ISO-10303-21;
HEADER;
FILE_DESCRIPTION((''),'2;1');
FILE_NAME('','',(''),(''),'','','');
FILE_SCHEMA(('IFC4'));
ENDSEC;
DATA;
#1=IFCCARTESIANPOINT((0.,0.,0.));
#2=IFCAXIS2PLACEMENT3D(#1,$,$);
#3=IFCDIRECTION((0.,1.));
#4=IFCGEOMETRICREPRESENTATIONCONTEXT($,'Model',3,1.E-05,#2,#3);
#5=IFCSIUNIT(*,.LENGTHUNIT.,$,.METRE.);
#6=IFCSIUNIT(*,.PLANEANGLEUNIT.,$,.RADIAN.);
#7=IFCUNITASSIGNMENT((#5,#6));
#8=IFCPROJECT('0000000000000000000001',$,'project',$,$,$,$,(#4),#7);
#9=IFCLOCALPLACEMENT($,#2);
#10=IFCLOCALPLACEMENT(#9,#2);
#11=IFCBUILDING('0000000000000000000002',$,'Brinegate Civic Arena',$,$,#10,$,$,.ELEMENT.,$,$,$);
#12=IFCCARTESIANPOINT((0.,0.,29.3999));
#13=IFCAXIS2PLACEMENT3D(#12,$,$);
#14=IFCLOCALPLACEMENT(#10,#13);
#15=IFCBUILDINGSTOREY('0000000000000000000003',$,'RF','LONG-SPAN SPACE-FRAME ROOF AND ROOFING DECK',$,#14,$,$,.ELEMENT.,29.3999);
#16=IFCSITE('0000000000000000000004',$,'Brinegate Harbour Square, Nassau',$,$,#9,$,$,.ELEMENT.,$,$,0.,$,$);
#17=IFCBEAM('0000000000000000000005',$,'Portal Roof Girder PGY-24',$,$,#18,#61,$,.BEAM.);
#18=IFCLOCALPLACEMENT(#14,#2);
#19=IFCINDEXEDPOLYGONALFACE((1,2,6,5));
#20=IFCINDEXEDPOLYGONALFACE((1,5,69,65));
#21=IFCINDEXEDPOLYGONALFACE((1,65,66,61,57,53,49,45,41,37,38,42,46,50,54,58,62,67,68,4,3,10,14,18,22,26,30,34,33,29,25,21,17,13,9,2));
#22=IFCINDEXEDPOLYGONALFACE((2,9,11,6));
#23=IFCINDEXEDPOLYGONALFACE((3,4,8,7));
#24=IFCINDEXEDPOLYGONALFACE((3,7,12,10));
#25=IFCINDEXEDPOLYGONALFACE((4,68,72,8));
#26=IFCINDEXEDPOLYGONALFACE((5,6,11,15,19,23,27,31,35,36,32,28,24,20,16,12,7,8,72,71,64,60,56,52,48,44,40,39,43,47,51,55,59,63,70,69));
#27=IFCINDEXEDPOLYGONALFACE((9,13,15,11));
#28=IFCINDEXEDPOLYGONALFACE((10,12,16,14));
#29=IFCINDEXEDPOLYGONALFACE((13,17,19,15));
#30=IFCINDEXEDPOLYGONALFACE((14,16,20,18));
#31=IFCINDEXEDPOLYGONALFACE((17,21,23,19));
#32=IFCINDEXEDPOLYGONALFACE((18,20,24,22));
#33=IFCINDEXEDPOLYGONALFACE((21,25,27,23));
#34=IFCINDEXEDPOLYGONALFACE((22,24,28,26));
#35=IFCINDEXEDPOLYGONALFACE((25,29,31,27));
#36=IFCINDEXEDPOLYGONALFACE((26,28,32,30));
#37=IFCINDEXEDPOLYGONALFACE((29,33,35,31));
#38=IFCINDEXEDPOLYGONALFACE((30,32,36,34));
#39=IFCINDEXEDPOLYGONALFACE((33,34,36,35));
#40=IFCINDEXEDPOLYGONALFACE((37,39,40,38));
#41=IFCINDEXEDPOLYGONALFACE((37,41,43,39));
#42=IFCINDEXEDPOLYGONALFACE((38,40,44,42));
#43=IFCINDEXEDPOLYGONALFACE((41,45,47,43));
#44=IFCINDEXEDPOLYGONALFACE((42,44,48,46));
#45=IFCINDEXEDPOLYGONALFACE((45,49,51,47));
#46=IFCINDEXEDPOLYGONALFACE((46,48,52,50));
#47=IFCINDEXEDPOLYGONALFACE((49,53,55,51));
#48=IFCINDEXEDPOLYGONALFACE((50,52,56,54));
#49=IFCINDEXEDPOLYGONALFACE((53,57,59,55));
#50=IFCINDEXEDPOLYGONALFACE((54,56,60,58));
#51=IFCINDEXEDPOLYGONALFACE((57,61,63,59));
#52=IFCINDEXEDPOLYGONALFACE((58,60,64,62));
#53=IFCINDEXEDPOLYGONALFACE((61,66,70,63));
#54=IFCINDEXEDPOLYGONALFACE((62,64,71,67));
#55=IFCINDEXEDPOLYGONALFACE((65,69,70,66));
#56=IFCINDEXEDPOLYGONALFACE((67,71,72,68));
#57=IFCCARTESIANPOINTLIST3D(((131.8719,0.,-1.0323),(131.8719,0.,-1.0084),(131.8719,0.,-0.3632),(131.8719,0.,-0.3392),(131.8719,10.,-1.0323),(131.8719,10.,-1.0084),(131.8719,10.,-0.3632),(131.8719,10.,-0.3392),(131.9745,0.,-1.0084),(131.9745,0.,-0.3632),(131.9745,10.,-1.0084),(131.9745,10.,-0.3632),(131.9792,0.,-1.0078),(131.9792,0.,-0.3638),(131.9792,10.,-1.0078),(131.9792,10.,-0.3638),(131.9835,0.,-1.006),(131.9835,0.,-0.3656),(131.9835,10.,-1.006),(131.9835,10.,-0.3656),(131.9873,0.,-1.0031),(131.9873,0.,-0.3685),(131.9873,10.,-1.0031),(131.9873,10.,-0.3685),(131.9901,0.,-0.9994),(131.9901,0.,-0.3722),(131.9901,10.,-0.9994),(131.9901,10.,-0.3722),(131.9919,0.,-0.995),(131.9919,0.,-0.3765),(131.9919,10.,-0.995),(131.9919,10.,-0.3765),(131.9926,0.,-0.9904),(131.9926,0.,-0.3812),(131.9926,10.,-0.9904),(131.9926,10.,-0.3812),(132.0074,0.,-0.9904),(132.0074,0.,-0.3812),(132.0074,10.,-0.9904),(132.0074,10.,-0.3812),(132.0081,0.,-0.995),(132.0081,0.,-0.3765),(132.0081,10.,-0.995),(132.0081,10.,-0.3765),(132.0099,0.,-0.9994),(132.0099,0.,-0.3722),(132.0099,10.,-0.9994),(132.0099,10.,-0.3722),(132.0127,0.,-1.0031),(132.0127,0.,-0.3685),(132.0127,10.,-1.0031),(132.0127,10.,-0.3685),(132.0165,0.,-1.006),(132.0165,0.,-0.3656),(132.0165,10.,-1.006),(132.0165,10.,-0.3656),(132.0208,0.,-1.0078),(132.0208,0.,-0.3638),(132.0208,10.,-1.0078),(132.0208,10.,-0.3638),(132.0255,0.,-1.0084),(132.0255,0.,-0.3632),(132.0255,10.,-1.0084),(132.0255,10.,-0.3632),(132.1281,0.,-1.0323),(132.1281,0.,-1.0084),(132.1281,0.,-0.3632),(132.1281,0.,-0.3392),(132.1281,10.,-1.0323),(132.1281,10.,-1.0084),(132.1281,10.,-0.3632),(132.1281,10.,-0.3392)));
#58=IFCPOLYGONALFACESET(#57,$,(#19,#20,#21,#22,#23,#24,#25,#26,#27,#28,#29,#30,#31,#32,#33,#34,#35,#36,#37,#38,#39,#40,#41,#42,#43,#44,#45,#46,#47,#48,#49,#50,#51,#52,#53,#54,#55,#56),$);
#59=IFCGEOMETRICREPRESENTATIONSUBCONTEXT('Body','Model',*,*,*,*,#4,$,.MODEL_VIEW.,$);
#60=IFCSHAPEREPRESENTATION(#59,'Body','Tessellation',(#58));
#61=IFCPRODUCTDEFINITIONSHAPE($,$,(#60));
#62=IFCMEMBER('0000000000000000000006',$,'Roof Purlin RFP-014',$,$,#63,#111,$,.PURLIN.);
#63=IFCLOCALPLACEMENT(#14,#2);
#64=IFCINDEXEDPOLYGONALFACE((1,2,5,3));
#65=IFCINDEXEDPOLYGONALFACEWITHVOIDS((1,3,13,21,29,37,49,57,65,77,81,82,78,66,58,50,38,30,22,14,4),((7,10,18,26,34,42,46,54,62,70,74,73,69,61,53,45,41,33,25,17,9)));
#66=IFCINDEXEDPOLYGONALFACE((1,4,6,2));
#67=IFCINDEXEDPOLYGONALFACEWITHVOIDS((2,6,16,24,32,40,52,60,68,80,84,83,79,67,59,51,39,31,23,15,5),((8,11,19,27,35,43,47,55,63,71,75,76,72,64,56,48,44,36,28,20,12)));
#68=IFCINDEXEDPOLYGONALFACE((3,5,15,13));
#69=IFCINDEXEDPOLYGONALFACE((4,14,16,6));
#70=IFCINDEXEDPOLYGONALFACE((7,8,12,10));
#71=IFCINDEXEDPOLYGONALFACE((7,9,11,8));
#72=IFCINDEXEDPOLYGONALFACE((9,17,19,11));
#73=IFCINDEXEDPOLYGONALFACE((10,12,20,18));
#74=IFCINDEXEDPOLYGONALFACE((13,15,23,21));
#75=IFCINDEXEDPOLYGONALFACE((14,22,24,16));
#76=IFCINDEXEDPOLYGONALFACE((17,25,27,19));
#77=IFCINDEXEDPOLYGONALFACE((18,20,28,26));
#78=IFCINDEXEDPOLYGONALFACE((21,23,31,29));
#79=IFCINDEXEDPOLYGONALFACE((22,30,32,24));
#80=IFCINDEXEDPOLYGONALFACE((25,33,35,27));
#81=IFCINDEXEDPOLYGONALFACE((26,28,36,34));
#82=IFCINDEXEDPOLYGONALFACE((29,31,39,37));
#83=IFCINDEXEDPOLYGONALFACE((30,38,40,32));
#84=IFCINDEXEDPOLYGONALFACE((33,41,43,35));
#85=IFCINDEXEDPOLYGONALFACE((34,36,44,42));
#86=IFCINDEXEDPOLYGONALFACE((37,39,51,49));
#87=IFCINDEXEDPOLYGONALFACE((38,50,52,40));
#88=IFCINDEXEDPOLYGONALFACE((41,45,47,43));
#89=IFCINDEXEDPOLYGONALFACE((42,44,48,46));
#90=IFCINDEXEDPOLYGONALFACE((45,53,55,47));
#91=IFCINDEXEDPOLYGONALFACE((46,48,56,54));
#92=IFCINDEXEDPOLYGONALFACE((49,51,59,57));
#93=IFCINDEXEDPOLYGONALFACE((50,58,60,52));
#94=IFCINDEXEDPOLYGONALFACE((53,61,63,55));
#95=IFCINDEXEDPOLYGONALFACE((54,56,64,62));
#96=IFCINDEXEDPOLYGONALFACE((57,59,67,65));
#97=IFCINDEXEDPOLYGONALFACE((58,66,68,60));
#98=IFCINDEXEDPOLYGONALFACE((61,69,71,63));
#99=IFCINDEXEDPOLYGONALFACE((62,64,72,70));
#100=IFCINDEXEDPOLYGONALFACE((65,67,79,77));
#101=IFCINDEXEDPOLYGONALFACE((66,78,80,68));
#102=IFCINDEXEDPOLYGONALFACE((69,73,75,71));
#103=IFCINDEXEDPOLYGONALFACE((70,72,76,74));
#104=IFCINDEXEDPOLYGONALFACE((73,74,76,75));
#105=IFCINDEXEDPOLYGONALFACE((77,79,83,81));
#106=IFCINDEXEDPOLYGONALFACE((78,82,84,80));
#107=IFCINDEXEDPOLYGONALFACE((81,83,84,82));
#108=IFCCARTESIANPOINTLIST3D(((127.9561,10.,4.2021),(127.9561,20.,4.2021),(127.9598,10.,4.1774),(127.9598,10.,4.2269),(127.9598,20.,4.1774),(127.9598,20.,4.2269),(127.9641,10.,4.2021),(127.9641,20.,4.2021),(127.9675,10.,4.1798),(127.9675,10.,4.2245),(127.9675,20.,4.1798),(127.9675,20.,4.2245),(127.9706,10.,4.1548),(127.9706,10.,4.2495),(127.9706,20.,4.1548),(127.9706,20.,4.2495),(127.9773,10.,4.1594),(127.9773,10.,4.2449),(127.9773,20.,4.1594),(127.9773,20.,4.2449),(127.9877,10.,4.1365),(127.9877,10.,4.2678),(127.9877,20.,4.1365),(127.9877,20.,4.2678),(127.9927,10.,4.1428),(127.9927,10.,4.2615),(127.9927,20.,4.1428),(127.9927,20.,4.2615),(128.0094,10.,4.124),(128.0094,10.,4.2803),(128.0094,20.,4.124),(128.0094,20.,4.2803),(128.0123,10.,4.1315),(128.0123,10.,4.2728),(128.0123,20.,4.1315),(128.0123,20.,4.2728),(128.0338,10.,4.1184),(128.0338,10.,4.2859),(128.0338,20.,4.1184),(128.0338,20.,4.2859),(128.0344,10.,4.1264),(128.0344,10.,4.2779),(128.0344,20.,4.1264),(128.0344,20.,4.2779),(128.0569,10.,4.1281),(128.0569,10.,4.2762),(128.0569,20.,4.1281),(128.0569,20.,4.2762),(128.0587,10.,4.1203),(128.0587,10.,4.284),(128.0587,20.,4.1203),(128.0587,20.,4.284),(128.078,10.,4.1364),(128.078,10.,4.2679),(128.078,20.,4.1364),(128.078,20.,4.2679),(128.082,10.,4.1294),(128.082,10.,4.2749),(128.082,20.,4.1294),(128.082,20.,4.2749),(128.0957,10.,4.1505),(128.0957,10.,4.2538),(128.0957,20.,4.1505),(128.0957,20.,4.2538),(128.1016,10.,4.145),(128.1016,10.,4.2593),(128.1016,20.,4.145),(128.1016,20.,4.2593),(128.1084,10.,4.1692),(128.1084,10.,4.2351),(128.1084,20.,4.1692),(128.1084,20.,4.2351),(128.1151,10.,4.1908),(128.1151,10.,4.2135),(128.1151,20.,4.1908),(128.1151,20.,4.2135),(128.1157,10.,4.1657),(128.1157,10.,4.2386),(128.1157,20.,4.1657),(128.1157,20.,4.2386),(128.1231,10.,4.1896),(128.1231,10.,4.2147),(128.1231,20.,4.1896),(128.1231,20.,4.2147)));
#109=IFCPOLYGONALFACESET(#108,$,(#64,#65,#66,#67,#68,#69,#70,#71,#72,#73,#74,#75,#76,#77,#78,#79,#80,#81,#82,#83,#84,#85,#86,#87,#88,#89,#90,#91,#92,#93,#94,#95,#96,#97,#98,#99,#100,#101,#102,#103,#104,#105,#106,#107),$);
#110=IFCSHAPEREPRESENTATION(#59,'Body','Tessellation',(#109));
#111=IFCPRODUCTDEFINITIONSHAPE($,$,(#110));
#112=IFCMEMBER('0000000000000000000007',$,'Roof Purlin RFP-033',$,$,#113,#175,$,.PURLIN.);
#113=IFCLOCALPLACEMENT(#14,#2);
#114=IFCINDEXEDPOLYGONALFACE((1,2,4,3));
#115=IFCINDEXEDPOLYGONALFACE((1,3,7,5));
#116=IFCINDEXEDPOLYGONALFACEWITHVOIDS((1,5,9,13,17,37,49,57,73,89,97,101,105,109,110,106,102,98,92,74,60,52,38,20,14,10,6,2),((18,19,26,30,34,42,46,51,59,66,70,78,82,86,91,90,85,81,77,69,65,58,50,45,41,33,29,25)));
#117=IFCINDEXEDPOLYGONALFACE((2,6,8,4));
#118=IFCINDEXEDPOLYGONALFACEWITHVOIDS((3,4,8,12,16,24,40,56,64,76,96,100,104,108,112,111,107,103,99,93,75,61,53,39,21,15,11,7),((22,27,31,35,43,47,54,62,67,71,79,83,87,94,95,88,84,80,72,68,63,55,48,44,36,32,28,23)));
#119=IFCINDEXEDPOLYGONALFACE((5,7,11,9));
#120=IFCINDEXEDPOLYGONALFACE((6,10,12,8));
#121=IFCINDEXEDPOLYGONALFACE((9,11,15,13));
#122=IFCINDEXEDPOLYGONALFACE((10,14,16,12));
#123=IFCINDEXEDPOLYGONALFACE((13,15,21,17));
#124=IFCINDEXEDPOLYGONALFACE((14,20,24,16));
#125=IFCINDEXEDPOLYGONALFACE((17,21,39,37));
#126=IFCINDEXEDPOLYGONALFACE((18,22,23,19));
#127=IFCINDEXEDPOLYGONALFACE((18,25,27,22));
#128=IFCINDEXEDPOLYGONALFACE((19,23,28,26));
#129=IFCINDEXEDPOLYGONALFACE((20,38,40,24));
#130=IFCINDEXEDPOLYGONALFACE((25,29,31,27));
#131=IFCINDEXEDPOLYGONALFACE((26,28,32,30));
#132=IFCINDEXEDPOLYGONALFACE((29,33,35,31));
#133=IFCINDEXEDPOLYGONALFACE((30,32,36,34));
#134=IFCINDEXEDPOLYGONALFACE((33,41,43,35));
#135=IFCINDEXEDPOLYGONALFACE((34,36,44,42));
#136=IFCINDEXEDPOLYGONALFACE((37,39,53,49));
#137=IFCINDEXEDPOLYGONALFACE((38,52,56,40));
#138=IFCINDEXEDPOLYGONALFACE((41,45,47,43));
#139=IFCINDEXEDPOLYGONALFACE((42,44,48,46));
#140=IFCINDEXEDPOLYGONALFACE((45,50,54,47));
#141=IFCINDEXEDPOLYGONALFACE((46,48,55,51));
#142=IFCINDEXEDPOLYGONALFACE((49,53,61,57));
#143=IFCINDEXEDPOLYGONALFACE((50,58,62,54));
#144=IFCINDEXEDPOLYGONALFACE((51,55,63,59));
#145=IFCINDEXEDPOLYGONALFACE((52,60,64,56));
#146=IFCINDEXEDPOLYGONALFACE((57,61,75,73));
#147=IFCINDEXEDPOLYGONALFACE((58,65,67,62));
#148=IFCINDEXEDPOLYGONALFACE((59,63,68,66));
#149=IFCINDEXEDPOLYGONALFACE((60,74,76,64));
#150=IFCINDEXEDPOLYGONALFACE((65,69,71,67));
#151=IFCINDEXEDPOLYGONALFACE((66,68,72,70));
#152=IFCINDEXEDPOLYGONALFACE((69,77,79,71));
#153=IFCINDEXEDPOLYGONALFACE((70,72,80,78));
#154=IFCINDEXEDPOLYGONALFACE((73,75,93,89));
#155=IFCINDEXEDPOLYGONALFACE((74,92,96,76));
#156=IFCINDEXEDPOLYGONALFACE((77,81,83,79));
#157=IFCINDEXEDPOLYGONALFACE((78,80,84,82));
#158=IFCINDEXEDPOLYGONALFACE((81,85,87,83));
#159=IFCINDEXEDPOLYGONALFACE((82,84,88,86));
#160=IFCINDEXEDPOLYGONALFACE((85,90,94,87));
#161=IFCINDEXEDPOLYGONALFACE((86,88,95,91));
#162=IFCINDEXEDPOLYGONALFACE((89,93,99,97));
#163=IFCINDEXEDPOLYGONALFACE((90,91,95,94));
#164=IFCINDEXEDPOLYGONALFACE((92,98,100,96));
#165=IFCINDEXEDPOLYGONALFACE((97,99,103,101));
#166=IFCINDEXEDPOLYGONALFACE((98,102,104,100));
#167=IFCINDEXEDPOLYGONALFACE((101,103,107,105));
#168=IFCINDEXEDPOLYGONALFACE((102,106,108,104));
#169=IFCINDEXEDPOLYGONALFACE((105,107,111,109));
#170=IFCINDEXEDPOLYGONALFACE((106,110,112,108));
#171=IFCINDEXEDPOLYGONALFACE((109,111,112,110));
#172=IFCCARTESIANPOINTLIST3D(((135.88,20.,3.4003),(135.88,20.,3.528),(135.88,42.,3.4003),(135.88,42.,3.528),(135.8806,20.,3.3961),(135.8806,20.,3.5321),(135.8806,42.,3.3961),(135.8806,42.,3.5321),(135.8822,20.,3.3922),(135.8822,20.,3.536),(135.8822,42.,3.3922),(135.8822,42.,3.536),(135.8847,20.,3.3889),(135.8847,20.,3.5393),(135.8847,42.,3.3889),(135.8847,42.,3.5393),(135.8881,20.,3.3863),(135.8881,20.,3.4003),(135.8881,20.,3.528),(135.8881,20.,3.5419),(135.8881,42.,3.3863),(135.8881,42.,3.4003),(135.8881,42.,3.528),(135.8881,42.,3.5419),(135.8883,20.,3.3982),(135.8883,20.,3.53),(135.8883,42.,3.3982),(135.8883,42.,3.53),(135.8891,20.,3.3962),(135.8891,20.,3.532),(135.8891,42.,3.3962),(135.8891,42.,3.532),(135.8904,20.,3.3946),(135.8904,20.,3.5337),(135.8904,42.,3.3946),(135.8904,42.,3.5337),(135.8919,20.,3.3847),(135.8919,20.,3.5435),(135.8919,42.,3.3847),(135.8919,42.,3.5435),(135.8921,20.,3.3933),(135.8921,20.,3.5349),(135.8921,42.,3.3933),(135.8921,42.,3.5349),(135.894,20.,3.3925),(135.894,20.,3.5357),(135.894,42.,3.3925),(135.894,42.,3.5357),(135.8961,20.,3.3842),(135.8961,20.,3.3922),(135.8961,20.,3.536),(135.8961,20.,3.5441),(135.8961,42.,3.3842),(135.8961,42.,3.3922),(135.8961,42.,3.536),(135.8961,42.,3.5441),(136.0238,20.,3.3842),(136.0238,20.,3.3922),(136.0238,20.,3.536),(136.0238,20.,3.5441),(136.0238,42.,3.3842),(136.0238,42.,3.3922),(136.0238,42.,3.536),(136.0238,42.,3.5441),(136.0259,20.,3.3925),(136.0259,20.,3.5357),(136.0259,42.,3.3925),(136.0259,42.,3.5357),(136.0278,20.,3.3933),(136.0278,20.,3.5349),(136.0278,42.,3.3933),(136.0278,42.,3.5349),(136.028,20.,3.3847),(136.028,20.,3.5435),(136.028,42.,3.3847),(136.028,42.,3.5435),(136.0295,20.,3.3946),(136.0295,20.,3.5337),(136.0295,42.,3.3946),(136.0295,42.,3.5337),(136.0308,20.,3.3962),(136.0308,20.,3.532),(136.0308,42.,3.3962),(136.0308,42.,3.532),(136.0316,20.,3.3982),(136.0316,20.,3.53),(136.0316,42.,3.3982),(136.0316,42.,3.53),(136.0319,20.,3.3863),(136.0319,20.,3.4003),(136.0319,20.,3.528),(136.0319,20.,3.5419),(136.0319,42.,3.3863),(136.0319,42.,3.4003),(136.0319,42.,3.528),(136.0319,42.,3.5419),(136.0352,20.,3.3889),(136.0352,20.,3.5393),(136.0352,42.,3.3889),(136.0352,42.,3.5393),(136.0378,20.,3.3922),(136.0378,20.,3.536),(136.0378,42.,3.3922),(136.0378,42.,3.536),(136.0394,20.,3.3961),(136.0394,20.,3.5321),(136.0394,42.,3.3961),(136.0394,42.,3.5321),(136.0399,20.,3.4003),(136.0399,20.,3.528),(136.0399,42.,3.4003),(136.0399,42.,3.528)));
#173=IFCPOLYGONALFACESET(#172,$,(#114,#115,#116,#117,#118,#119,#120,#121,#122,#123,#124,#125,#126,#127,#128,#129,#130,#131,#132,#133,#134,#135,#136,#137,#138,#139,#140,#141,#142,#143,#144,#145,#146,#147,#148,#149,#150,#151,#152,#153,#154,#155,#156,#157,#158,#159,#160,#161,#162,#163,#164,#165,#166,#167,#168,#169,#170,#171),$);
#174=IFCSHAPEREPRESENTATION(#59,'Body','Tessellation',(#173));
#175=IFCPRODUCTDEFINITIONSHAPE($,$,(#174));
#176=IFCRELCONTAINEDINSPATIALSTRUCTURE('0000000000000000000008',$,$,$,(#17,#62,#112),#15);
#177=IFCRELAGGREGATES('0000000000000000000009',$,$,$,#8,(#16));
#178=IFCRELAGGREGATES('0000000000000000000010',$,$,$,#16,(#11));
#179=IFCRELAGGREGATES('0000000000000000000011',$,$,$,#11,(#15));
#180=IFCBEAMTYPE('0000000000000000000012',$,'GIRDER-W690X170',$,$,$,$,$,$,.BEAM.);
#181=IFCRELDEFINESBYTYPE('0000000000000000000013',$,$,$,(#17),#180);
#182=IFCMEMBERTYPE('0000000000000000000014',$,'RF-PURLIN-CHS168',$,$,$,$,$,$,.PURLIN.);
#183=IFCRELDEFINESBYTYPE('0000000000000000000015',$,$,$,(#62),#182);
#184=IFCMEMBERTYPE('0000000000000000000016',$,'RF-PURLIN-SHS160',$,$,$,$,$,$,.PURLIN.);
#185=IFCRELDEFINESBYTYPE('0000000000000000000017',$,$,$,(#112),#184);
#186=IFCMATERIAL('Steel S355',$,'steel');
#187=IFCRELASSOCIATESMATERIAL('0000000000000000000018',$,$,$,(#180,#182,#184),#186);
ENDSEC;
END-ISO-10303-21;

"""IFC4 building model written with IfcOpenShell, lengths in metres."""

from ifc_helpers import new_model, si_unit, direction, frame, origin, origin_2d, place, context, subcontext, project, spatial, hollow_rectangle, hollow_circle, i_section, extrude, material, material_profile, profile_set, type_object, element, save


model = new_model("IFC4")

# Units and contexts
model_context = context("Model", 3, precision=1e-05, world=origin(), true_north=direction((0.0, 1.0)))
body_context = subcontext(model_context, "Body", "Model", "MODEL_VIEW")
ifc_project = project(units=[si_unit("LENGTHUNIT", "METRE"), si_unit("PLANEANGLEUNIT", "RADIAN")], contexts=[model_context])

# Site, building, storey
site_placement = place(None, origin())
site = spatial("IfcSite", under=ifc_project, at=site_placement, Name="Brinegate Harbour Square, Nassau", CompositionType="ELEMENT", RefElevation=0.0)
building_placement = place(site_placement, origin())
building = spatial("IfcBuilding", under=site, at=building_placement, Name="Brinegate Civic Arena", CompositionType="ELEMENT")
storey_placement = place(building_placement, frame((0.0, 0.0, 29.3999)))
storey = spatial("IfcBuildingStorey", under=building, at=storey_placement, Name="RF", Description="LONG-SPAN SPACE-FRAME ROOF AND ROOFING DECK", CompositionType="ELEMENT", Elevation=29.3999)

# Beam
ifc_material_1 = material(Name="Steel S355", Category="steel")
ifc_material_profile_1 = material_profile(ifc_material_1, i_section(OverallWidth=0.2561, OverallDepth=0.6931, WebThickness=0.0149, FlangeThickness=0.0239, FilletRadius=0.0181, at=origin_2d()), Name="W690X170")
ifc_profile_set_1 = profile_set([ifc_material_profile_1], Name="Steel S355")
beam_type_1 = type_object("IfcBeamType", Name="GIRDER-W690X170", PredefinedType="BEAM", material=ifc_profile_set_1)
beam_1_placement = place(storey_placement, frame((132.0, 0.0, -0.6858), z_axis=(0.0, 1.0, 0.0), x_axis=(-1.0, 0.0, 0.0)))
element("IfcBeam", 1, at=beam_1_placement, inside=storey, type_object=beam_type_1, Name="Portal Roof Girder PGY-24", PredefinedType="BEAM", context=body_context, shape_type="SweptSolid", body=[
    extrude(i_section(OverallWidth=0.2561, OverallDepth=0.6931, WebThickness=0.0149, FlangeThickness=0.0239, FilletRadius=0.0181, at=origin_2d()), origin(), (0.0, 0.0, 1.0), 10.0),
])

# Members
ifc_material_profile_2 = material_profile(ifc_material_1, hollow_circle(Radius=0.084, WallThickness=0.0081, at=origin_2d()), Name="CHS168X8")
ifc_profile_set_2 = profile_set([ifc_material_profile_2], Name="Steel S355")
member_type_1 = type_object("IfcMemberType", Name="RF-PURLIN-CHS168", PredefinedType="PURLIN", material=ifc_profile_set_2)
member_1_placement = place(storey_placement, frame((128.04, 10.0, 4.2021), z_axis=(0.0, 1.0, 0.0), x_axis=(-1.0, 0.0, 0.0)))
element("IfcMember", 2, at=member_1_placement, inside=storey, type_object=member_type_1, Name="Roof Purlin RFP-014", PredefinedType="PURLIN", context=body_context, shape_type="SweptSolid", body=[
    extrude(hollow_circle(Radius=0.084, WallThickness=0.0081, at=origin_2d()), origin(), (0.0, 0.0, 1.0), 10.0),
])
ifc_material_profile_3 = material_profile(ifc_material_1, hollow_rectangle(XDim=0.1599, YDim=0.1599, WallThickness=0.0081, InnerFilletRadius=0.0081, OuterFilletRadius=0.0161, at=origin_2d()), Name="SHS160X8")
ifc_profile_set_3 = profile_set([ifc_material_profile_3], Name="Steel S355")
member_type_2 = type_object("IfcMemberType", Name="RF-PURLIN-SHS160", PredefinedType="PURLIN", material=ifc_profile_set_3)
for number, where, z_axis, x_axis, name in (
    (3, (135.96, 20.0, 3.4641), (0.0, 1.0, 0.0), (-1.0, 0.0, 0.0), "Roof Purlin RFP-033"),
):
    element("IfcMember", number, at=place(storey_placement, frame(where, z_axis=z_axis, x_axis=x_axis)), inside=storey, type_object=member_type_2, Name=name, PredefinedType="PURLIN", context=body_context, shape_type="SweptSolid", body=[
        extrude(hollow_rectangle(XDim=0.1599, YDim=0.1599, WallThickness=0.0081, InnerFilletRadius=0.0081, OuterFilletRadius=0.0161, at=origin_2d()), origin(), (0.0, 0.0, 1.0), 22.0),
    ])

save(model, "model.ifc")
